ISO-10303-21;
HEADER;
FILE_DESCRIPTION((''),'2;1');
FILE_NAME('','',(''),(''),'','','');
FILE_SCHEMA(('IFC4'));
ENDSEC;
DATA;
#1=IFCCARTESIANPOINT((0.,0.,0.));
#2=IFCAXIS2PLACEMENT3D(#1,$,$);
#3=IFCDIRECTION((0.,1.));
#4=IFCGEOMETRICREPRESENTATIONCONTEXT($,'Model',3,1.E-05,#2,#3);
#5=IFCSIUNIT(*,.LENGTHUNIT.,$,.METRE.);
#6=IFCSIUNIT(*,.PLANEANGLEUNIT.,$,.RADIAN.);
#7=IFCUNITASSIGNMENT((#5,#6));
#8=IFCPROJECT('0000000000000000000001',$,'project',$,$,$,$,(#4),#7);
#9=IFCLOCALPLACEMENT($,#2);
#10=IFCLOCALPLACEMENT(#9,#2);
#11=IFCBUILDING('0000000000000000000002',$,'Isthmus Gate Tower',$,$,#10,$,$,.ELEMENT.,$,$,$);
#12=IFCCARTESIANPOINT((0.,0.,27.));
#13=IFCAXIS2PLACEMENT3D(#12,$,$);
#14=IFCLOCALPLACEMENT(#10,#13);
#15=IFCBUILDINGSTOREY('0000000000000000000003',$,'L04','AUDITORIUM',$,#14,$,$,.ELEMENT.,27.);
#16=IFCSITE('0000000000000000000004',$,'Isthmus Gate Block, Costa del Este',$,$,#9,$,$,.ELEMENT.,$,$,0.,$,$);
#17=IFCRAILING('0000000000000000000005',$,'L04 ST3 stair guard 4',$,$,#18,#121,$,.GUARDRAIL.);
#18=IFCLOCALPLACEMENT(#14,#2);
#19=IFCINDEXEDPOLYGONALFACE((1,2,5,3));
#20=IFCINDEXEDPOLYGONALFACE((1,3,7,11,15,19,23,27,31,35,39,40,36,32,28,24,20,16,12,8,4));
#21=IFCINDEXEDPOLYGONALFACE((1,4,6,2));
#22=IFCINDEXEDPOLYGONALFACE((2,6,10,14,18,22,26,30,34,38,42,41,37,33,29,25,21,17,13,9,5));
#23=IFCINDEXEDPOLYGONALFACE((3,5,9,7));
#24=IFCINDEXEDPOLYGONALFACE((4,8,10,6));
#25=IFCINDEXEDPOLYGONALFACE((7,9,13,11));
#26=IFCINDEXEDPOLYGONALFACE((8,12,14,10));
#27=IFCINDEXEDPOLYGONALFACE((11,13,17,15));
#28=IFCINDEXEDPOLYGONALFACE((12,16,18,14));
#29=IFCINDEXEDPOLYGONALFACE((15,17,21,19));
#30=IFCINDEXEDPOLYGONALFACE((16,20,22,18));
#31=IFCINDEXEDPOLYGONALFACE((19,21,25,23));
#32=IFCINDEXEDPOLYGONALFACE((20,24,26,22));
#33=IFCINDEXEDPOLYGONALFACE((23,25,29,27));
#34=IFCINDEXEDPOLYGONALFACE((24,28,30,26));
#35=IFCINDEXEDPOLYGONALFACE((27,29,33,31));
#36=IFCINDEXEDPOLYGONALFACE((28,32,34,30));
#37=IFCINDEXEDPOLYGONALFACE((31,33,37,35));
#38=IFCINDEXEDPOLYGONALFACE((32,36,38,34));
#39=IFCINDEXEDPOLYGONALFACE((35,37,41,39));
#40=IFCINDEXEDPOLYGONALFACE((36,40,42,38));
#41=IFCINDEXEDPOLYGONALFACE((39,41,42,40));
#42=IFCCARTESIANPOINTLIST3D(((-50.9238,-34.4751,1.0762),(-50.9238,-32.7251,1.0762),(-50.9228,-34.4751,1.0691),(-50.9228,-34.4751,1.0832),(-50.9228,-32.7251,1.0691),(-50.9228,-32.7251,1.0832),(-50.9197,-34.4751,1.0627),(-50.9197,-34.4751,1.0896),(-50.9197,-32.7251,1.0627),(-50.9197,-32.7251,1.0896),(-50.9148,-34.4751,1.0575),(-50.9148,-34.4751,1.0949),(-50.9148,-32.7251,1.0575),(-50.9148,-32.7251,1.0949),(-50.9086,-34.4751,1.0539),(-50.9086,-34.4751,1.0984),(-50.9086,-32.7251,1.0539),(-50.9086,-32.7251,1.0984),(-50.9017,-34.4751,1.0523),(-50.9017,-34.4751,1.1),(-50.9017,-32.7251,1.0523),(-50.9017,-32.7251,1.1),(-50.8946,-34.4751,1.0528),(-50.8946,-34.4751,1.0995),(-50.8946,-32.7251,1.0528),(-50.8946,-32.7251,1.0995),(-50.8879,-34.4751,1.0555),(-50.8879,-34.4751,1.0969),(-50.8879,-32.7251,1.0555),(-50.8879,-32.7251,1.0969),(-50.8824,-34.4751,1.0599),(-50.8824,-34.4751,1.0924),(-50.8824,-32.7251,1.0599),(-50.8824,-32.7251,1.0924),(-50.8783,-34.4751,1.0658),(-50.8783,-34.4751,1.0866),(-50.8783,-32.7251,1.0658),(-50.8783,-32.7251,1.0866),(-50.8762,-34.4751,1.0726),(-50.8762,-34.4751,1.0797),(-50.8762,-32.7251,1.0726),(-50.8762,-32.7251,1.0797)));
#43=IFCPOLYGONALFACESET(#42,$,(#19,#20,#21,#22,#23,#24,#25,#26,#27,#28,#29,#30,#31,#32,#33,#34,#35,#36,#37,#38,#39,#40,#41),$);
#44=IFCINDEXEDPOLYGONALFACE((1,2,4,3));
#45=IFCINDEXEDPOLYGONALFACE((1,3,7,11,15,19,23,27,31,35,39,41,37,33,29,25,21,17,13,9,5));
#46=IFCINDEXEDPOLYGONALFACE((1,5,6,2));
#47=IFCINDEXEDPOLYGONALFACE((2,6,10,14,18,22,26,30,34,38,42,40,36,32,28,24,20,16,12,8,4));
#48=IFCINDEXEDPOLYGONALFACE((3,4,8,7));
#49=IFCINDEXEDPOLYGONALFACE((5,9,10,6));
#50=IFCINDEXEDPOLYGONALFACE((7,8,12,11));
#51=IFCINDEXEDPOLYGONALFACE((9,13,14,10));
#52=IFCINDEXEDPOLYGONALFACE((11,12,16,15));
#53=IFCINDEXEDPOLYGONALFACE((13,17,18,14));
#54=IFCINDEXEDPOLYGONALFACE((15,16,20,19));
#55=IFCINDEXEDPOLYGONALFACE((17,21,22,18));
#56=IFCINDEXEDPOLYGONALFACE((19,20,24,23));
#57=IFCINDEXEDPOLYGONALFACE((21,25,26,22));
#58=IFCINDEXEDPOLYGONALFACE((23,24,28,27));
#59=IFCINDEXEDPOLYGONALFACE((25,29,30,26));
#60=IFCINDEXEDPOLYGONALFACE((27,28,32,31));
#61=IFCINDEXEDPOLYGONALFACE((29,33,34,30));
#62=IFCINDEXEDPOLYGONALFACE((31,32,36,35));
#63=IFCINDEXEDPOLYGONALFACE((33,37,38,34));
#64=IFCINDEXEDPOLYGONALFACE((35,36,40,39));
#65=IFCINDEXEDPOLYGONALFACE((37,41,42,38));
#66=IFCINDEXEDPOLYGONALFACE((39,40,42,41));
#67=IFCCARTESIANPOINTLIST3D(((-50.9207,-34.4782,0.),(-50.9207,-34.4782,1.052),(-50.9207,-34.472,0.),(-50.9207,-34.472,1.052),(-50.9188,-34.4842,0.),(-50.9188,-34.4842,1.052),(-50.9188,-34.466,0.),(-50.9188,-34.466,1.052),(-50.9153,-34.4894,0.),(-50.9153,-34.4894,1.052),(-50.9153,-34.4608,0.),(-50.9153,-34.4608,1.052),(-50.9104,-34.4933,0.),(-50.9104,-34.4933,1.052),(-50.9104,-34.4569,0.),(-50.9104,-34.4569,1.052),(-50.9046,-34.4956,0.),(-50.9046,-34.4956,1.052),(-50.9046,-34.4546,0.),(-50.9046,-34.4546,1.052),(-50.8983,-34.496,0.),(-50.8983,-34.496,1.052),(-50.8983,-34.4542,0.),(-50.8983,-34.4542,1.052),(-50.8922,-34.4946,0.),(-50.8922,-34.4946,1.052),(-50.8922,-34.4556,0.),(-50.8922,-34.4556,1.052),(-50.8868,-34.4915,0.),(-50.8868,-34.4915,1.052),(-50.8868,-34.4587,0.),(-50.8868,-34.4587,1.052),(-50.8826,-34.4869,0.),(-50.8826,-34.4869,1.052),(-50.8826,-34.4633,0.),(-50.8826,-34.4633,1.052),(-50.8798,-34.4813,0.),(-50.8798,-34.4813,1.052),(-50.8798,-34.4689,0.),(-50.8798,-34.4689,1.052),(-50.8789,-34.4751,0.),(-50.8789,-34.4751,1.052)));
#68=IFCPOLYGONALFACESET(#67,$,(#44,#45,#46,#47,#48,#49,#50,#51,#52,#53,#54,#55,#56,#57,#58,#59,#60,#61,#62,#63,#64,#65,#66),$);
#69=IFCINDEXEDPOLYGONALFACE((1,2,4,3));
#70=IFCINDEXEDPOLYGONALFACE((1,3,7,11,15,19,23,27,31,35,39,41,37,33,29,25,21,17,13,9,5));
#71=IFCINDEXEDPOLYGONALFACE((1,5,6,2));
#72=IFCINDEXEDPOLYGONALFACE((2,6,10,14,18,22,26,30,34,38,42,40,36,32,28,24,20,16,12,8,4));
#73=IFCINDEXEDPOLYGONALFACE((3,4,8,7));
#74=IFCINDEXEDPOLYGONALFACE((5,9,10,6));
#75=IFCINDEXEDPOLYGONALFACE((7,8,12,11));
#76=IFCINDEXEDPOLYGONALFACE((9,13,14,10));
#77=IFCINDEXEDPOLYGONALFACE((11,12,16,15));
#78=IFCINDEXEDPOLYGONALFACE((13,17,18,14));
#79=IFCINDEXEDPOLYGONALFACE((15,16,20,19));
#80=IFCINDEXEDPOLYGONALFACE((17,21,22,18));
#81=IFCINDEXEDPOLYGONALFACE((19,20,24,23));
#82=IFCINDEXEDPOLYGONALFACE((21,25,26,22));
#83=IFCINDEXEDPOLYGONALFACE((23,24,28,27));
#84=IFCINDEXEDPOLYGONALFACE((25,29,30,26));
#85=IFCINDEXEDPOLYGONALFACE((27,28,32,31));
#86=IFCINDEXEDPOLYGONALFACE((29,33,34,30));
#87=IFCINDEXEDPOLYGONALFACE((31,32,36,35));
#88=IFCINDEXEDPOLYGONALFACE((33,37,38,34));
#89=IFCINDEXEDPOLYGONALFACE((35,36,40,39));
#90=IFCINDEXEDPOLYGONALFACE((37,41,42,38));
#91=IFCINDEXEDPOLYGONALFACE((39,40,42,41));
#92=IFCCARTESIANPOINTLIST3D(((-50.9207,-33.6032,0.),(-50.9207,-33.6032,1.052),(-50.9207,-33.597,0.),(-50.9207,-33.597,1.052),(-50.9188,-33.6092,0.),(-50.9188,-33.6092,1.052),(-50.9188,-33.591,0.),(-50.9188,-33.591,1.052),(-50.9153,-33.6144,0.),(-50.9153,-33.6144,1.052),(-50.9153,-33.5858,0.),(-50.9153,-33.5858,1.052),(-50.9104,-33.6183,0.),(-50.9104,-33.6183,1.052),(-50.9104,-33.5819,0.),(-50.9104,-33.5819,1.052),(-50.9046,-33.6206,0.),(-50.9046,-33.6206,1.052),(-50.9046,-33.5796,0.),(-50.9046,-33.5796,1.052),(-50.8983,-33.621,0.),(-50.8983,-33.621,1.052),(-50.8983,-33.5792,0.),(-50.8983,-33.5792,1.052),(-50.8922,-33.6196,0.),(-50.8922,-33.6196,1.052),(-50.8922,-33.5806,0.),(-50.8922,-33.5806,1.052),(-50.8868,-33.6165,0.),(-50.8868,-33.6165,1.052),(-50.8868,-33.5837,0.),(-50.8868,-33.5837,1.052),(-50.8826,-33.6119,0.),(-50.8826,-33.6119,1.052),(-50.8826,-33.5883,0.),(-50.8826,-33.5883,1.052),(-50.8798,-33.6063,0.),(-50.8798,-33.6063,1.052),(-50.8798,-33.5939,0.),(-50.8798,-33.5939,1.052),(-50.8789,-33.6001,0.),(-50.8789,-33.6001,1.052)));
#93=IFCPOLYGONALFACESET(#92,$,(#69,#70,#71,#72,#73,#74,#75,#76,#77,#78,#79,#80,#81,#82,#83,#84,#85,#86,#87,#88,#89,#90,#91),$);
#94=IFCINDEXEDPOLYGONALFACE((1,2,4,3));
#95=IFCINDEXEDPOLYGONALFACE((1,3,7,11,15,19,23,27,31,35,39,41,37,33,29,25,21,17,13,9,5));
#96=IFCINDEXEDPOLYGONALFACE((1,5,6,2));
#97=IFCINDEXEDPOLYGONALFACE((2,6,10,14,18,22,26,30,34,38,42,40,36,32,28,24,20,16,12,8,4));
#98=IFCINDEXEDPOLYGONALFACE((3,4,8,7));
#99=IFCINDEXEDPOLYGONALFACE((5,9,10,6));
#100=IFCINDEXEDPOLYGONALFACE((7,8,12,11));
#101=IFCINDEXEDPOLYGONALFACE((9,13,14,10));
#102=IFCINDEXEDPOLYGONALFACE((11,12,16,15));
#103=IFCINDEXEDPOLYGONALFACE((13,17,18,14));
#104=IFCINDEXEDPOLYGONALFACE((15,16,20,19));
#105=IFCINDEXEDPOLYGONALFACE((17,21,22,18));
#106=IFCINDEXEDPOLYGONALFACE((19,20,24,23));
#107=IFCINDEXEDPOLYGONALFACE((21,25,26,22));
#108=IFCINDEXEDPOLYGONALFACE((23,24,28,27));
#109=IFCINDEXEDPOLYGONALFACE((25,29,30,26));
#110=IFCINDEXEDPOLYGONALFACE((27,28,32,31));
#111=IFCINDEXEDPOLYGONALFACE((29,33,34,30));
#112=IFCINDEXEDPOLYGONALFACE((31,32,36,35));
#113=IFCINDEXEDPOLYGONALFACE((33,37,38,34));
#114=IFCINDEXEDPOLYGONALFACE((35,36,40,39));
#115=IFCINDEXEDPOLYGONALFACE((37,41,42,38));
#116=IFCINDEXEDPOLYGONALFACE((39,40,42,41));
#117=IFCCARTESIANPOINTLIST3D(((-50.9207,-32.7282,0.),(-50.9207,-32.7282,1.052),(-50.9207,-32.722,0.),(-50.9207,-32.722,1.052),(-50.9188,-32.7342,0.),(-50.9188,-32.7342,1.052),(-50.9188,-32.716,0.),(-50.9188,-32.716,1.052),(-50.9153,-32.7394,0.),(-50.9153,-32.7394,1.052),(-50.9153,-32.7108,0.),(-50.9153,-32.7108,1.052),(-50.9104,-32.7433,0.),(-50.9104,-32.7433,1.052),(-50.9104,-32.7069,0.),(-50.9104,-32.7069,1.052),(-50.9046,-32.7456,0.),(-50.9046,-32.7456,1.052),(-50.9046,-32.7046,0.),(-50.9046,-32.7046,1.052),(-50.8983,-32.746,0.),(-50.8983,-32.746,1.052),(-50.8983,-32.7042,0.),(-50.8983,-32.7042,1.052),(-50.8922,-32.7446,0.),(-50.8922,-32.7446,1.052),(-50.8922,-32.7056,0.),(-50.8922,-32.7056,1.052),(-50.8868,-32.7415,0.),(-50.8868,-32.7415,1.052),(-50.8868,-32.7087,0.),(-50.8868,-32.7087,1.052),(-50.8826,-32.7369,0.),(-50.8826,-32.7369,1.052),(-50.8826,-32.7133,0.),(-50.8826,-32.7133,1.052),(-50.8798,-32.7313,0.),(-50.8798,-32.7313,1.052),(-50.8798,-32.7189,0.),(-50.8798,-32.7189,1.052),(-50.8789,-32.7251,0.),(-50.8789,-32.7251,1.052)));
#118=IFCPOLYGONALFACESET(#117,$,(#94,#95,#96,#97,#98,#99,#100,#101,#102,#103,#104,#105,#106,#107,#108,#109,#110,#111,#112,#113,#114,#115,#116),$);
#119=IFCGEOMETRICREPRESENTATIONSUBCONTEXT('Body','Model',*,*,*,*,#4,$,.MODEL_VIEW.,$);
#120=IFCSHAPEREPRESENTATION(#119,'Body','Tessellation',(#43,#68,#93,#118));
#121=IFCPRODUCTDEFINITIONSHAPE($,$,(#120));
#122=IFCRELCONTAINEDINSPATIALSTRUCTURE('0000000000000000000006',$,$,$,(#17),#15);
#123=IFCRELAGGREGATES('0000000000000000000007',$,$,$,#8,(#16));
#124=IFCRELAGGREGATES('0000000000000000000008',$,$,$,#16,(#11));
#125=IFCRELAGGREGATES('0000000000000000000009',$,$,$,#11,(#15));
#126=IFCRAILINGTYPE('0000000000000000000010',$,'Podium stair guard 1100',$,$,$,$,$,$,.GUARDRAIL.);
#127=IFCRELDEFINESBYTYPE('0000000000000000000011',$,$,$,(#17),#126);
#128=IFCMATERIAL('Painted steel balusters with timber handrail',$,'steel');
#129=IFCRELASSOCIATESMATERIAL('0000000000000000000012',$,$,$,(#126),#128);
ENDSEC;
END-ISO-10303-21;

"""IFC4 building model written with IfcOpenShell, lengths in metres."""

from ifc_helpers import new_model, si_unit, direction, frame, origin, origin_2d, place, context, subcontext, project, spatial, circle, extrude, material, type_object, element, save


model = new_model("IFC4")

# Units and contexts
model_context = context("Model", 3, precision=1e-05, world=origin(), true_north=direction((0.0, 1.0)))
body_context = subcontext(model_context, "Body", "Model", "MODEL_VIEW")
ifc_project = project(units=[si_unit("LENGTHUNIT", "METRE"), si_unit("PLANEANGLEUNIT", "RADIAN")], contexts=[model_context])

# Site, building, storey
site_placement = place(None, origin())
site = spatial("IfcSite", under=ifc_project, at=site_placement, Name="Isthmus Gate Block, Costa del Este", CompositionType="ELEMENT", RefElevation=0.0)
building_placement = place(site_placement, origin())
building = spatial("IfcBuilding", under=site, at=building_placement, Name="Isthmus Gate Tower", CompositionType="ELEMENT")
storey_placement = place(building_placement, frame((0.0, 0.0, 27.0)))
storey = spatial("IfcBuildingStorey", under=building, at=storey_placement, Name="L04", Description="AUDITORIUM", CompositionType="ELEMENT", Elevation=27.0)

# Railing
ifc_material_1 = material(Name="Painted steel balusters with timber handrail", Category="steel")
railing_type_1 = type_object("IfcRailingType", Name="Podium stair guard 1100", PredefinedType="GUARDRAIL", material=ifc_material_1)
railing_1_placement = place(storey_placement, frame((-50.8999, -34.4751, 0.0)))
element("IfcRailing", 1, at=railing_1_placement, inside=storey, type_object=railing_type_1, Name="L04 ST3 stair guard 4", PredefinedType="GUARDRAIL", context=body_context, shape_type="SweptSolid", body=[
    extrude(circle(Radius=0.0239, at=origin_2d()), frame((0.0, 0.0, 1.0762), z_axis=(0.0, 1.0, 0.0), x_axis=(-1.0, 0.0, 0.0)), (0.0, 0.0, 1.0), 1.75),
    extrude(circle(Radius=0.021, at=origin_2d()), origin(), (0.0, 0.0, 1.0), 1.052),
    extrude(circle(Radius=0.021, at=origin_2d()), frame((0.0, 0.875, 0.0)), (0.0, 0.0, 1.0), 1.052),
    extrude(circle(Radius=0.021, at=origin_2d()), frame((0.0, 1.75, 0.0)), (0.0, 0.0, 1.0), 1.052),
])

save(model, "model.ifc")
